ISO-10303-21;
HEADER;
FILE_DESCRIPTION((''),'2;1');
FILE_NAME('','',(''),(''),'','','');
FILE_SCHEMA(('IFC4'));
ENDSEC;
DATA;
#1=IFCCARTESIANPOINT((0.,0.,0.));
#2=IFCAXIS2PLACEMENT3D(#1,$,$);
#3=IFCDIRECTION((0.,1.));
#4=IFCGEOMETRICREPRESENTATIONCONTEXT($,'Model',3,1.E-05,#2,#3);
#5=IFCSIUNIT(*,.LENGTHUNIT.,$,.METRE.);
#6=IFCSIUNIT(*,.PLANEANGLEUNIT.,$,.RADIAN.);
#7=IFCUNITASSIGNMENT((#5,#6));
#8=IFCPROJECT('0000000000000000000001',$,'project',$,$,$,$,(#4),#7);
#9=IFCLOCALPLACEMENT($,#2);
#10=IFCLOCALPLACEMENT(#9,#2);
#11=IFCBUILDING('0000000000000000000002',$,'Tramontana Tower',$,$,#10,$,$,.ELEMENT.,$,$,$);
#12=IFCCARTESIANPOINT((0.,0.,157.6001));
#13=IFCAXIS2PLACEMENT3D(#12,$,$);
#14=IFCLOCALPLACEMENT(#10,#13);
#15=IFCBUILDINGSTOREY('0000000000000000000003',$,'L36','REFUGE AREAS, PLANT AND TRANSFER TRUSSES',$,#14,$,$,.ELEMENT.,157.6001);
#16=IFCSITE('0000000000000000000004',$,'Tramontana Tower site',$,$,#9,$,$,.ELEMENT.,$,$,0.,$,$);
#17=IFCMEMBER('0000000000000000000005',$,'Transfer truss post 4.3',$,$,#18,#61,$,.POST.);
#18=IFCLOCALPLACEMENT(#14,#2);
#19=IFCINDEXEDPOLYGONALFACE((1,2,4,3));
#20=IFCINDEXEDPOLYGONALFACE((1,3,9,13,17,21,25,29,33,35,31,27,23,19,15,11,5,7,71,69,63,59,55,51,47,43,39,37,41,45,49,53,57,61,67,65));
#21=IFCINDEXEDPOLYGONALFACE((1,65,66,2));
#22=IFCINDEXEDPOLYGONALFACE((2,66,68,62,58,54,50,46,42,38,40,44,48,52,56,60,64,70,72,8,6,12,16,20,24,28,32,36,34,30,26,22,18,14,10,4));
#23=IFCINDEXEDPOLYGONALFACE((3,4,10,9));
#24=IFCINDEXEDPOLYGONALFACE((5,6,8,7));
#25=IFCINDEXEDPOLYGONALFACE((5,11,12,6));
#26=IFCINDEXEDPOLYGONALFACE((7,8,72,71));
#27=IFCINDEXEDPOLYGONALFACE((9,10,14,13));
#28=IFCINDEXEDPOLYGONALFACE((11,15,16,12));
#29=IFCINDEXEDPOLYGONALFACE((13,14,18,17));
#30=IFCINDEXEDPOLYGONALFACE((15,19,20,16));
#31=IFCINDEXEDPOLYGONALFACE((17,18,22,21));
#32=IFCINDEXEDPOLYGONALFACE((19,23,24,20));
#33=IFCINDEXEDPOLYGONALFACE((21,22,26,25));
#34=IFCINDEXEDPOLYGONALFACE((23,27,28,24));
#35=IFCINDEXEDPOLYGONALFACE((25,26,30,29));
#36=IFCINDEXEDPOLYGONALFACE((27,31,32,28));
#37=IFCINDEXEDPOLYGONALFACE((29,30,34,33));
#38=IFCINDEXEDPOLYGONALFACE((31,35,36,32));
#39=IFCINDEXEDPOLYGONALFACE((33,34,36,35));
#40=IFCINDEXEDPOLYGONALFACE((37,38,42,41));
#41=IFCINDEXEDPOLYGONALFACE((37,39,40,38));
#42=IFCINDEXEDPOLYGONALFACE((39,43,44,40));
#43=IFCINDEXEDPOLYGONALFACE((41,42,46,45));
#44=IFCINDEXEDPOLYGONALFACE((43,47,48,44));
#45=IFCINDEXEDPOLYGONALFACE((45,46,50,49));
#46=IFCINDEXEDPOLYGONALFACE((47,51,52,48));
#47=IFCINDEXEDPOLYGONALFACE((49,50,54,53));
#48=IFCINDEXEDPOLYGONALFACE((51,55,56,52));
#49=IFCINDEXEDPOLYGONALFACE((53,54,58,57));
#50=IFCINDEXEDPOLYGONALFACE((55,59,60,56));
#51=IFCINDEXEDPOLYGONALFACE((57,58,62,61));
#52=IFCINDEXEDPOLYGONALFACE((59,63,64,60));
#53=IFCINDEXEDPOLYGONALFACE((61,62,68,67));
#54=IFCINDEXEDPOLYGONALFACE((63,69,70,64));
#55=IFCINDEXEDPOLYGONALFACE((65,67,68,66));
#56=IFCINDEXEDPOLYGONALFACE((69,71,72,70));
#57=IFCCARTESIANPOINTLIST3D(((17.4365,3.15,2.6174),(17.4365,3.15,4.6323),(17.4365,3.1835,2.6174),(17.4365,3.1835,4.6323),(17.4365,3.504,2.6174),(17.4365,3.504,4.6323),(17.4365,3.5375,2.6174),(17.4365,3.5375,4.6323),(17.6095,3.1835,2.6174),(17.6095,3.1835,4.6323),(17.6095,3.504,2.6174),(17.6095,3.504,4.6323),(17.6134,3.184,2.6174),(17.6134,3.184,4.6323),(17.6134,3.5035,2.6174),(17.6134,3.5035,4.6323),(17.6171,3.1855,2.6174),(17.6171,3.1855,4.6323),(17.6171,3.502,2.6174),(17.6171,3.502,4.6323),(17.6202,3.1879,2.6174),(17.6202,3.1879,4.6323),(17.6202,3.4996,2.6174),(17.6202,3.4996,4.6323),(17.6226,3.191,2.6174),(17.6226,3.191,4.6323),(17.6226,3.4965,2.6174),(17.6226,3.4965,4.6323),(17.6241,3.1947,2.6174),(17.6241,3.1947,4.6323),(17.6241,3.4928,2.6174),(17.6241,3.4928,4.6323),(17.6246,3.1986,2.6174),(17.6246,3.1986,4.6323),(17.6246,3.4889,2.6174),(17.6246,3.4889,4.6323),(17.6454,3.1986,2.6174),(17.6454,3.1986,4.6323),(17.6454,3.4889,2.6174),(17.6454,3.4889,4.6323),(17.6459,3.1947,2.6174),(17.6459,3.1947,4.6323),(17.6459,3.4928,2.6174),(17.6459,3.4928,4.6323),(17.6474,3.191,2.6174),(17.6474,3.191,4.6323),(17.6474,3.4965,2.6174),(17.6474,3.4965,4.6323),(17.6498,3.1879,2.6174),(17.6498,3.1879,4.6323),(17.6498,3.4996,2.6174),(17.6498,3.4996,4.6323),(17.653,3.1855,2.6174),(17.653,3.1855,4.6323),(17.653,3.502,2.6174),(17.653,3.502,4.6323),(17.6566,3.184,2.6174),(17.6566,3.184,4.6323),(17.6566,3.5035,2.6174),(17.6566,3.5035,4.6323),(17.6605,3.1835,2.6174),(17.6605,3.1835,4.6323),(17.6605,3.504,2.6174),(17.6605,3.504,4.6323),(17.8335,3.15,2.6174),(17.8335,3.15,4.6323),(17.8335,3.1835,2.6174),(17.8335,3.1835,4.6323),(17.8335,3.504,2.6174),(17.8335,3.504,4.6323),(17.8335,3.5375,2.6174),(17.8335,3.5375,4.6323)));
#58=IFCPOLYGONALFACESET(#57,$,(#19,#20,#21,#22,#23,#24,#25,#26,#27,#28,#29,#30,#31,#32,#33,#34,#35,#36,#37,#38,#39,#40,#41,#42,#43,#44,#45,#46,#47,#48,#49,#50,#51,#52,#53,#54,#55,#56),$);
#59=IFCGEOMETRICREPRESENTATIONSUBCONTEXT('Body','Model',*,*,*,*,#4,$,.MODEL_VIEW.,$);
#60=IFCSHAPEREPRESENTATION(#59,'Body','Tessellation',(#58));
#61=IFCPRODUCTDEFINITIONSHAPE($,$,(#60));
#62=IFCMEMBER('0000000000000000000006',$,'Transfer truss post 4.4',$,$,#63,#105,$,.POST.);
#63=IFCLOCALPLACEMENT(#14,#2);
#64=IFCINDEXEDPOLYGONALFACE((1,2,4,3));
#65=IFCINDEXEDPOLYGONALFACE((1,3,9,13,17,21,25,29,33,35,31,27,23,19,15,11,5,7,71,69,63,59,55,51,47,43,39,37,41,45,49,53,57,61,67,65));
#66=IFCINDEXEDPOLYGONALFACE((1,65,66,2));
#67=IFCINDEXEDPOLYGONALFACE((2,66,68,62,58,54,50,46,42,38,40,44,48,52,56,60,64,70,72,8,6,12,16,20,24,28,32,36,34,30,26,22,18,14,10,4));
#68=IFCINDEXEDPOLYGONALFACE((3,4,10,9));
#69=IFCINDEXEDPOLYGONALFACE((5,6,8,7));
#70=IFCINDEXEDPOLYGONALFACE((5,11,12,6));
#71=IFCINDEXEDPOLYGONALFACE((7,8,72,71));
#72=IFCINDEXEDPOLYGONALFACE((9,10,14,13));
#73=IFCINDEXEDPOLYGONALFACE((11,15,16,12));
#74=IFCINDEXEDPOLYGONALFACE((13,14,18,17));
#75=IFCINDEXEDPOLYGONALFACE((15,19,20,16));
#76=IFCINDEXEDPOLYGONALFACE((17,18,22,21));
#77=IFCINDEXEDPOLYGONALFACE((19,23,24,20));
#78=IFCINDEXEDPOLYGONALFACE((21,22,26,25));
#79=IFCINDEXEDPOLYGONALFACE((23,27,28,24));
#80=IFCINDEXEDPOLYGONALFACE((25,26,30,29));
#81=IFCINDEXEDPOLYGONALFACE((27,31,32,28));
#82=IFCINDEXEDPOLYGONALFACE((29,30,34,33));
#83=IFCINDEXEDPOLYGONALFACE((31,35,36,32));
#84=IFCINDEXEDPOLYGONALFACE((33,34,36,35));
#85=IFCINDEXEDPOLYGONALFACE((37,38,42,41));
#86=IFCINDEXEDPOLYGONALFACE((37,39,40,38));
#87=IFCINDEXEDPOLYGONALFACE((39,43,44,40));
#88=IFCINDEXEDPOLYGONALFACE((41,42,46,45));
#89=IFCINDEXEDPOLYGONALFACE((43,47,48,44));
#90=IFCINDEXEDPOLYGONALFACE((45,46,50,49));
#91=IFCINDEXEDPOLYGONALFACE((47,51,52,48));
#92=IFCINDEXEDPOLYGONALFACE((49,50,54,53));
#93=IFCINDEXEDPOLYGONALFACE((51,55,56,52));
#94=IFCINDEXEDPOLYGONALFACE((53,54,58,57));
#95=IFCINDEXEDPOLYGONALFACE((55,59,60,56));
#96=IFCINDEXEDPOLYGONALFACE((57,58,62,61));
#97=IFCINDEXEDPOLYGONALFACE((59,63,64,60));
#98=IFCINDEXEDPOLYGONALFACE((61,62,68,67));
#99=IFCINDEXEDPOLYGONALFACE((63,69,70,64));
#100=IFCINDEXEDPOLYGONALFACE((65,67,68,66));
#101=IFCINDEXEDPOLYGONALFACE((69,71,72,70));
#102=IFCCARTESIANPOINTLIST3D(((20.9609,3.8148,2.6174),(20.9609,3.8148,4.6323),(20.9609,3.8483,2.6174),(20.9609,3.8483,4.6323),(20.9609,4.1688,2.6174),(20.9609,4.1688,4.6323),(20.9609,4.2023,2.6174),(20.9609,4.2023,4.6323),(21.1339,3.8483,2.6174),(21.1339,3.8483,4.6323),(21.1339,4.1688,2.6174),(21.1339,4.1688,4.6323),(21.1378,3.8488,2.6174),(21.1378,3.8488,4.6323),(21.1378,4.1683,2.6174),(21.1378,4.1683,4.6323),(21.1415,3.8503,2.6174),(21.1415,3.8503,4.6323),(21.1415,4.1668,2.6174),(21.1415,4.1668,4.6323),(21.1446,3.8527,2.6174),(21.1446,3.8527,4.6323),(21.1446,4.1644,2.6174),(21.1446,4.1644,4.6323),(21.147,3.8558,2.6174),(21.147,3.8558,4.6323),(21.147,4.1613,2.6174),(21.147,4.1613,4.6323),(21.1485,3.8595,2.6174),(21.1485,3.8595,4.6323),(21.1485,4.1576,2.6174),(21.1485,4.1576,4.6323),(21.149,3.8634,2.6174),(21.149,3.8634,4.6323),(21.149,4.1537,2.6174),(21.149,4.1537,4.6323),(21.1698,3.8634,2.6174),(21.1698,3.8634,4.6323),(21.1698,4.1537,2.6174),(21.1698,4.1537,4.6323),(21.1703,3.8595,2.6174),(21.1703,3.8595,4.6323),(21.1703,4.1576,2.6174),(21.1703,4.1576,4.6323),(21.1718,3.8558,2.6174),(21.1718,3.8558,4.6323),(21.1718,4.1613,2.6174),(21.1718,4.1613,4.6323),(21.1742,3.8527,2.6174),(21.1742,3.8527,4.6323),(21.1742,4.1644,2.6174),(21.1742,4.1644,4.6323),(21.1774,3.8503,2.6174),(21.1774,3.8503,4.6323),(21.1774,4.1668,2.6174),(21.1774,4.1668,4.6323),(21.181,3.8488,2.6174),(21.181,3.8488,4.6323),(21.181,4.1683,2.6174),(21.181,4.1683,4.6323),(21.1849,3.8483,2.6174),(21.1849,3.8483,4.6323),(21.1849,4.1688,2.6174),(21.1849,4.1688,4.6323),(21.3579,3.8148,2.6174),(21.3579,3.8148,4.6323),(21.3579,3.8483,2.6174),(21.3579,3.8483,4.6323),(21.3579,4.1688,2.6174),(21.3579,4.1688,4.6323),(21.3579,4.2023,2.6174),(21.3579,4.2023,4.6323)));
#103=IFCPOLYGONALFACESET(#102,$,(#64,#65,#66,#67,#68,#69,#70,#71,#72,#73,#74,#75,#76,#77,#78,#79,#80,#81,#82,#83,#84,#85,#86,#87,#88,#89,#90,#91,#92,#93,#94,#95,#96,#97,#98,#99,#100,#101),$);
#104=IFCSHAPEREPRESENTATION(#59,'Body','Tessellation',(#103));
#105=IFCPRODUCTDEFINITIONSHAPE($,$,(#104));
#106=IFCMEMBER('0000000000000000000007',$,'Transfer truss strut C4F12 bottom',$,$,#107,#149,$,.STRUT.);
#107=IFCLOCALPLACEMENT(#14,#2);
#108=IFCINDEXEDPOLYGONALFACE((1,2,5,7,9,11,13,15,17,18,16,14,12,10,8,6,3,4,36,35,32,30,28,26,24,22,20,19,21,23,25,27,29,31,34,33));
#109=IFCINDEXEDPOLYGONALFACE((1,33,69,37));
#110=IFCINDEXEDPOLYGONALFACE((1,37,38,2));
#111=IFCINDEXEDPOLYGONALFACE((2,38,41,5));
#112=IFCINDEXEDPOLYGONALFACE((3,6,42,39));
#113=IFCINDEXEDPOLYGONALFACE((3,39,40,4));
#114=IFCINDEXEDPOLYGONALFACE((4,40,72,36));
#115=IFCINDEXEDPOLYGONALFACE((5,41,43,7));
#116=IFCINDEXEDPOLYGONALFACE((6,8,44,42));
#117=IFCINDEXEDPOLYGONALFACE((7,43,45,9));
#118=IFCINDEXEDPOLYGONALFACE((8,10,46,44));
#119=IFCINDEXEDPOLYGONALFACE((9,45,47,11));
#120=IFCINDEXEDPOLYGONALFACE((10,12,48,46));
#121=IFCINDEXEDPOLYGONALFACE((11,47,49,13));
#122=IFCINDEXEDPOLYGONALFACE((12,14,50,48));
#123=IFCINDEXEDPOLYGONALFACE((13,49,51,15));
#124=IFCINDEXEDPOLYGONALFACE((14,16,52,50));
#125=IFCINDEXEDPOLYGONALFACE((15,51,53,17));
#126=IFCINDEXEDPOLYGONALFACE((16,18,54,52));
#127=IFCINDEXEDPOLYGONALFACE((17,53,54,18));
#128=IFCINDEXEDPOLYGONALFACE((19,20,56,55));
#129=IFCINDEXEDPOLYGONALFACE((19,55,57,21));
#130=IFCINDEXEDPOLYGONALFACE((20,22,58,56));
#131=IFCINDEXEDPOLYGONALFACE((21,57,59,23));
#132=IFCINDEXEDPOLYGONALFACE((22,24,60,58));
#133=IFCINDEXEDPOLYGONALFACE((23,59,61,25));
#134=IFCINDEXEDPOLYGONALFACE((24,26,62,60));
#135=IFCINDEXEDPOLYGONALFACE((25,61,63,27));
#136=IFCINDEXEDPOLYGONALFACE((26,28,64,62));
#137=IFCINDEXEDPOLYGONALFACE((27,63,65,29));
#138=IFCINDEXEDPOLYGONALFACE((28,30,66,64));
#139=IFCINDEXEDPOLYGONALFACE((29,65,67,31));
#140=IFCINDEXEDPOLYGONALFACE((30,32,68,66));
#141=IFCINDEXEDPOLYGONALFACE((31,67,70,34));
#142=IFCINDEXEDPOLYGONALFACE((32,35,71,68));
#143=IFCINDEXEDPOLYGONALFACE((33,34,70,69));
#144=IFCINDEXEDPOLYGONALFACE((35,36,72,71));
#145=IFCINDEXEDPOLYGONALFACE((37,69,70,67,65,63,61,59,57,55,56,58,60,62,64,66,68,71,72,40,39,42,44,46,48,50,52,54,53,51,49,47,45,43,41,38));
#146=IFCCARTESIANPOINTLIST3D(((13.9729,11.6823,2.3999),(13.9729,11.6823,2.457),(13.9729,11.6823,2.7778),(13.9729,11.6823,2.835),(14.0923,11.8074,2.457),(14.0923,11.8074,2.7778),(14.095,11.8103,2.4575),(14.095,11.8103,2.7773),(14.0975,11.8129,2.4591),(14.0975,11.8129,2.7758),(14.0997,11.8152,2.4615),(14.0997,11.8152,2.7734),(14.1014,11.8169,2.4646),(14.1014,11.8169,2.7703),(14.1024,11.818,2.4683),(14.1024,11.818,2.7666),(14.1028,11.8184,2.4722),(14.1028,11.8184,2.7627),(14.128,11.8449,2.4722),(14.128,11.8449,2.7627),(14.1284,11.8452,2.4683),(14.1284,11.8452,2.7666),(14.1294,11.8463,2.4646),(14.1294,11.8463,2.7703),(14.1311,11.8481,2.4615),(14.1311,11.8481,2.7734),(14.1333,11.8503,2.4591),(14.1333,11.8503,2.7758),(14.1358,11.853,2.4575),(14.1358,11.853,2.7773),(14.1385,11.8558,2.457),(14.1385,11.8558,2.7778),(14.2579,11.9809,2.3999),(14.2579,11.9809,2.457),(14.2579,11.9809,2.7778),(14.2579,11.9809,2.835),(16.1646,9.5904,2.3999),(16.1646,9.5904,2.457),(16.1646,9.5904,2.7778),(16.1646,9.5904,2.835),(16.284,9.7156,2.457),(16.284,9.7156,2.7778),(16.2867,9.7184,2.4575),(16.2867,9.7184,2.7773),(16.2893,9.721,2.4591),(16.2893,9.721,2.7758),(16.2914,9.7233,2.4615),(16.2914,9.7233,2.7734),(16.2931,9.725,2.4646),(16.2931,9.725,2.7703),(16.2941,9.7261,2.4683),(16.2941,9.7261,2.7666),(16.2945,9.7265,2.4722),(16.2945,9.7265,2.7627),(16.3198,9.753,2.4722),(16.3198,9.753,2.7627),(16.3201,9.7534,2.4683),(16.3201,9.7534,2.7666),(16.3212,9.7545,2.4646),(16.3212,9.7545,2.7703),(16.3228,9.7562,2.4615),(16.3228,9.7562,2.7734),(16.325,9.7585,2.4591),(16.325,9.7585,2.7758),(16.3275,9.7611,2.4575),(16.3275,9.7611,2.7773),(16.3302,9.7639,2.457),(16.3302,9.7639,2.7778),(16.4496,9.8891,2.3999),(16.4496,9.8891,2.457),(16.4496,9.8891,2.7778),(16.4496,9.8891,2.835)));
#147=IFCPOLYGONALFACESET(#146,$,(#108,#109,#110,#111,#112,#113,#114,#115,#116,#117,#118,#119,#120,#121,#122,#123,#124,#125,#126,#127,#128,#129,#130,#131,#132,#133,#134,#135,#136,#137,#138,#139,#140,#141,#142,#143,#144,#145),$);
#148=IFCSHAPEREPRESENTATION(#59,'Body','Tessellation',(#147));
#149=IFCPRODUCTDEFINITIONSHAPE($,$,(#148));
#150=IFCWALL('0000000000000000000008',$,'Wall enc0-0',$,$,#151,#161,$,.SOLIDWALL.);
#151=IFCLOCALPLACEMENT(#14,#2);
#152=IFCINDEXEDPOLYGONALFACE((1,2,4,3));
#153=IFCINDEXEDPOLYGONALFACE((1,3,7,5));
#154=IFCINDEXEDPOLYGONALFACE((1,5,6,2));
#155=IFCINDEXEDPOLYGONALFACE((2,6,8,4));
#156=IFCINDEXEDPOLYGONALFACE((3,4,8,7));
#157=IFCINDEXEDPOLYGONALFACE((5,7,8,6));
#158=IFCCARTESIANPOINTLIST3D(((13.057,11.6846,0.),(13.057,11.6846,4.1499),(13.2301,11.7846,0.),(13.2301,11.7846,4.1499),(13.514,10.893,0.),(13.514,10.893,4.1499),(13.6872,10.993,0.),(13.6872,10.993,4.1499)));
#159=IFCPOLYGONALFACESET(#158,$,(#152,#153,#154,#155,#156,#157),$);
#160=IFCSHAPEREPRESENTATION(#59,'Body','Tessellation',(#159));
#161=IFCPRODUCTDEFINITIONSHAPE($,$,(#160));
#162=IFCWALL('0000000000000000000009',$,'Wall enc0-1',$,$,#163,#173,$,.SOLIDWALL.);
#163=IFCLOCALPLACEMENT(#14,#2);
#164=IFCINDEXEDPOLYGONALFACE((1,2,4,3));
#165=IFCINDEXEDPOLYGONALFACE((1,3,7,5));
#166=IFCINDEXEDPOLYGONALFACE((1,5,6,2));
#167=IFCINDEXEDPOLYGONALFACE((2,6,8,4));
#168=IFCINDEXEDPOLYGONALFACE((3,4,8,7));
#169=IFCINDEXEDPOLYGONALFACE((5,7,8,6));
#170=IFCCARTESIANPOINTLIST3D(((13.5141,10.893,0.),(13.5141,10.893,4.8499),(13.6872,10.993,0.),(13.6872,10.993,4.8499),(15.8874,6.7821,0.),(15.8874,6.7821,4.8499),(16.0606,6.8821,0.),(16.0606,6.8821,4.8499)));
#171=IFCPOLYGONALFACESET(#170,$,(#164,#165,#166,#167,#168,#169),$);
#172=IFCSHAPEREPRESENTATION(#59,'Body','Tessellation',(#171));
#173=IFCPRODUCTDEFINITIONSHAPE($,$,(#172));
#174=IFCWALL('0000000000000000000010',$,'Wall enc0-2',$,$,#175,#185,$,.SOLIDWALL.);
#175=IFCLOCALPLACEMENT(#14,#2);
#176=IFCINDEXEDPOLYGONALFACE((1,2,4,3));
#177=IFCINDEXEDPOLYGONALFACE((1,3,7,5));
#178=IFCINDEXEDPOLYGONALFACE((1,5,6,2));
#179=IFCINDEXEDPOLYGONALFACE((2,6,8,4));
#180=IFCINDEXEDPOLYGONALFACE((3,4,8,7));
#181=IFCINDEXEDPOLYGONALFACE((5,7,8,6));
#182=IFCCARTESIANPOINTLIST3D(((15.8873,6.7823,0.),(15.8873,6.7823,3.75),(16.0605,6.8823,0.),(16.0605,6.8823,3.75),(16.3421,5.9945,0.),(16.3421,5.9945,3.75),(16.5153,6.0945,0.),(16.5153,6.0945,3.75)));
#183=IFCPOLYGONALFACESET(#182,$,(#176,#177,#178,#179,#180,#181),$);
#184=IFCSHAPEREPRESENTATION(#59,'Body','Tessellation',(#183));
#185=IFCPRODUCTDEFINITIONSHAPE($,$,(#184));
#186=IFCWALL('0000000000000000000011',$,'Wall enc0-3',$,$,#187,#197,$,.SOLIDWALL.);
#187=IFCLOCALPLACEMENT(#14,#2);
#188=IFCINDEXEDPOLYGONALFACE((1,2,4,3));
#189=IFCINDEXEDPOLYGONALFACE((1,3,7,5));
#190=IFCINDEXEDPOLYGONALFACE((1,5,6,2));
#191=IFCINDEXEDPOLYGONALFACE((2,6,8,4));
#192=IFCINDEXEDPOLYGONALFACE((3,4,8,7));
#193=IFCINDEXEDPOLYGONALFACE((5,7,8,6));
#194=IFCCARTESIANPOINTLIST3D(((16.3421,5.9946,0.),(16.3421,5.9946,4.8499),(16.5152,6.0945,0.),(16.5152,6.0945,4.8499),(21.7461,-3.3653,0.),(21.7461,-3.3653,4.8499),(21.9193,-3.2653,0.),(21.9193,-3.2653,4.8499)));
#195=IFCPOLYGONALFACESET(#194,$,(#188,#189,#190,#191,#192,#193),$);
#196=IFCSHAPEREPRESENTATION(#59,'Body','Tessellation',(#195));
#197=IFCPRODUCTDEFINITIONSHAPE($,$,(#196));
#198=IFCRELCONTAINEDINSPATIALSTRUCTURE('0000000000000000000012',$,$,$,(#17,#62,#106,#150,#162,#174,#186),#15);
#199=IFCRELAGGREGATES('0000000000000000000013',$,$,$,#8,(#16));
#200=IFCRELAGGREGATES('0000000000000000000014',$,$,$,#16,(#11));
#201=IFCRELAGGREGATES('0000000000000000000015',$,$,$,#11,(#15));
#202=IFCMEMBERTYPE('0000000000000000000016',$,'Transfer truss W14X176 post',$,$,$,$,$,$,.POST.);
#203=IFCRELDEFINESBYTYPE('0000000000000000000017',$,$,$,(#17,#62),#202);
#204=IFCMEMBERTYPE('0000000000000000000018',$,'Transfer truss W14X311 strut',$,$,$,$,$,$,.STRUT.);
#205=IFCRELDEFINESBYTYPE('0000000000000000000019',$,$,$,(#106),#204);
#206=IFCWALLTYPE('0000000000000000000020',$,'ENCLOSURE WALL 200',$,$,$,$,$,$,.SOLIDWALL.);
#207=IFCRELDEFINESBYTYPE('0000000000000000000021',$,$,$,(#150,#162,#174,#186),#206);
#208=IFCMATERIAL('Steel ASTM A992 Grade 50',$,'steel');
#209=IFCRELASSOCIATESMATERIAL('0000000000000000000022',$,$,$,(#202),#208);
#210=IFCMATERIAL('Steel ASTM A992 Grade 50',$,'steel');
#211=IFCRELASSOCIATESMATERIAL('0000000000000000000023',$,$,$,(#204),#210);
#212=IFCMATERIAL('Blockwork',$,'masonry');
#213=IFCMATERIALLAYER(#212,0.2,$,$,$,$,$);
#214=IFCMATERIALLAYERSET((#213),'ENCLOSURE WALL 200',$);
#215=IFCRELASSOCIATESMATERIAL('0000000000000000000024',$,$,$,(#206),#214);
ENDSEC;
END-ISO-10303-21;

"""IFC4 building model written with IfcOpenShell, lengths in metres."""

from ifc_helpers import new_model, si_unit, direction, frame, frame_2d, origin, origin_2d, place, context, subcontext, project, spatial, rectangle, i_section, extrude, material, layer, layer_set, material_profile, profile_set, type_object, element, save


model = new_model("IFC4")

# Units and contexts
model_context = context("Model", 3, precision=1e-05, world=origin(), true_north=direction((0.0, 1.0)))
body_context = subcontext(model_context, "Body", "Model", "MODEL_VIEW")
ifc_project = project(units=[si_unit("LENGTHUNIT", "METRE"), si_unit("PLANEANGLEUNIT", "RADIAN")], contexts=[model_context])

# Site, building, storey
site_placement = place(None, origin())
site = spatial("IfcSite", under=ifc_project, at=site_placement, Name="Tramontana Tower site", CompositionType="ELEMENT", RefElevation=0.0)
building_placement = place(site_placement, origin())
building = spatial("IfcBuilding", under=site, at=building_placement, Name="Tramontana Tower", CompositionType="ELEMENT")
storey_placement = place(building_placement, frame((0.0, 0.0, 157.6001)))
storey = spatial("IfcBuildingStorey", under=building, at=storey_placement, Name="L36", Description="REFUGE AREAS, PLANT AND TRANSFER TRUSSES", CompositionType="ELEMENT", Elevation=157.6001)

# Members
ifc_material_1 = material(Name="Steel ASTM A992 Grade 50", Category="steel")
ifc_material_profile_1 = material_profile(ifc_material_1, i_section(OverallWidth=0.397, OverallDepth=0.3875, WebThickness=0.0208, FlangeThickness=0.0334, FilletRadius=0.0151, at=origin_2d()), Name="W14X176")
ifc_profile_set_1 = profile_set([ifc_material_profile_1], Name="Steel ASTM A992 Grade 50")
member_type_1 = type_object("IfcMemberType", Name="Transfer truss W14X176 post", PredefinedType="POST", material=ifc_profile_set_1)
for number, where, z_axis, x_axis, name in (
    (1, (17.635, 3.3438, 2.6174), (0.0, 0.0, 1.0), (1.0, 0.0, 0.0), "Transfer truss post 4.3"),
    (2, (21.1594, 4.0085, 2.6174), (0.0, 0.0, 1.0), (1.0, 0.0, 0.0), "Transfer truss post 4.4"),
):
    element("IfcMember", number, at=place(storey_placement, frame(where, z_axis=z_axis, x_axis=x_axis)), inside=storey, type_object=member_type_1, Name=name, PredefinedType="POST", context=body_context, shape_type="SweptSolid", body=[
        extrude(i_section(OverallWidth=0.397, OverallDepth=0.3875, WebThickness=0.0208, FlangeThickness=0.0334, FilletRadius=0.0151, at=origin_2d()), origin(), (0.0, 0.0, 1.0), 2.0149),
    ])
ifc_material_2 = material(Name="Steel ASTM A992 Grade 50", Category="steel")
ifc_material_profile_2 = material_profile(ifc_material_2, i_section(OverallWidth=0.4128, OverallDepth=0.4351, WebThickness=0.0366, FlangeThickness=0.0571, FilletRadius=0.0151, at=origin_2d()), Name="W14X311")
ifc_profile_set_2 = profile_set([ifc_material_profile_2], Name="Steel ASTM A992 Grade 50")
member_type_2 = type_object("IfcMemberType", Name="Transfer truss W14X311 strut", PredefinedType="STRUT", material=ifc_profile_set_2)
member_1_placement = place(storey_placement, frame((16.3071, 9.7397, 2.6174), z_axis=(-0.723394, 0.690435, 0.0), x_axis=(-0.690435, -0.723394, 0.0)))
element("IfcMember", 3, at=member_1_placement, inside=storey, type_object=member_type_2, Name="Transfer truss strut C4F12 bottom", PredefinedType="STRUT", context=body_context, shape_type="SweptSolid", body=[
    extrude(i_section(OverallWidth=0.4128, OverallDepth=0.4351, WebThickness=0.0366, FlangeThickness=0.0571, FilletRadius=0.0151, at=origin_2d()), origin(), (0.0, 0.0, 1.0), 3.0298),
])

# Walls
ifc_material_3 = material(Name="Blockwork", Category="masonry")
ifc_layer = layer(ifc_material_3, 0.2)
ifc_layer_set = layer_set([ifc_layer], Name="ENCLOSURE WALL 200")
wall_type = type_object("IfcWallType", Name="ENCLOSURE WALL 200", PredefinedType="SOLIDWALL", material=ifc_layer_set)
wall_1_placement = place(storey_placement, frame((13.1436, 11.7346, 0.0), z_axis=(0.0, 0.0, 1.0), x_axis=(0.500046, -0.865999, 0.0)))
element("IfcWall", 4, at=wall_1_placement, inside=storey, type_object=wall_type, Name="Wall enc0-0", PredefinedType="SOLIDWALL", context=body_context, shape_type="SweptSolid", body=[
    extrude(rectangle(XDim=0.9141, YDim=0.2, at=frame_2d((0.457, 0.0))), origin(), (0.0, 0.0, 1.0), 4.1499),
])
wall_2_placement = place(storey_placement, frame((13.6006, 10.9431, 0.0), z_axis=(0.0, 0.0, 1.0), x_axis=(0.499984, -0.866035, 0.0)))
element("IfcWall", 5, at=wall_2_placement, inside=storey, type_object=wall_type, Name="Wall enc0-1", PredefinedType="SOLIDWALL", context=body_context, shape_type="SweptSolid", body=[
    extrude(rectangle(XDim=4.7468, YDim=0.2, at=frame_2d((2.3735, 0.0))), origin(), (0.0, 0.0, 1.0), 4.8499),
])
wall_3_placement = place(storey_placement, frame((15.9739, 6.8323, 0.0), z_axis=(0.0, 0.0, 1.0), x_axis=(0.499978, -0.866038, 0.0)))
element("IfcWall", 6, at=wall_3_placement, inside=storey, type_object=wall_type, Name="Wall enc0-2", PredefinedType="SOLIDWALL", context=body_context, shape_type="SweptSolid", body=[
    extrude(rectangle(XDim=0.9097, YDim=0.2, at=frame_2d((0.4548, 0.0))), origin(), (0.0, 0.0, 1.0), 3.75),
])
wall_4_placement = place(storey_placement, frame((16.4287, 6.0444, 0.0), z_axis=(0.0, 0.0, 1.0), x_axis=(0.500009, -0.86602, 0.0)))
element("IfcWall", 7, at=wall_4_placement, inside=storey, type_object=wall_type, Name="Wall enc0-3", PredefinedType="SOLIDWALL", context=body_context, shape_type="SweptSolid", body=[
    extrude(rectangle(XDim=10.8079, YDim=0.2, at=frame_2d((5.4038, 0.0))), origin(), (0.0, 0.0, 1.0), 4.8499),
])

save(model, "model.ifc")
